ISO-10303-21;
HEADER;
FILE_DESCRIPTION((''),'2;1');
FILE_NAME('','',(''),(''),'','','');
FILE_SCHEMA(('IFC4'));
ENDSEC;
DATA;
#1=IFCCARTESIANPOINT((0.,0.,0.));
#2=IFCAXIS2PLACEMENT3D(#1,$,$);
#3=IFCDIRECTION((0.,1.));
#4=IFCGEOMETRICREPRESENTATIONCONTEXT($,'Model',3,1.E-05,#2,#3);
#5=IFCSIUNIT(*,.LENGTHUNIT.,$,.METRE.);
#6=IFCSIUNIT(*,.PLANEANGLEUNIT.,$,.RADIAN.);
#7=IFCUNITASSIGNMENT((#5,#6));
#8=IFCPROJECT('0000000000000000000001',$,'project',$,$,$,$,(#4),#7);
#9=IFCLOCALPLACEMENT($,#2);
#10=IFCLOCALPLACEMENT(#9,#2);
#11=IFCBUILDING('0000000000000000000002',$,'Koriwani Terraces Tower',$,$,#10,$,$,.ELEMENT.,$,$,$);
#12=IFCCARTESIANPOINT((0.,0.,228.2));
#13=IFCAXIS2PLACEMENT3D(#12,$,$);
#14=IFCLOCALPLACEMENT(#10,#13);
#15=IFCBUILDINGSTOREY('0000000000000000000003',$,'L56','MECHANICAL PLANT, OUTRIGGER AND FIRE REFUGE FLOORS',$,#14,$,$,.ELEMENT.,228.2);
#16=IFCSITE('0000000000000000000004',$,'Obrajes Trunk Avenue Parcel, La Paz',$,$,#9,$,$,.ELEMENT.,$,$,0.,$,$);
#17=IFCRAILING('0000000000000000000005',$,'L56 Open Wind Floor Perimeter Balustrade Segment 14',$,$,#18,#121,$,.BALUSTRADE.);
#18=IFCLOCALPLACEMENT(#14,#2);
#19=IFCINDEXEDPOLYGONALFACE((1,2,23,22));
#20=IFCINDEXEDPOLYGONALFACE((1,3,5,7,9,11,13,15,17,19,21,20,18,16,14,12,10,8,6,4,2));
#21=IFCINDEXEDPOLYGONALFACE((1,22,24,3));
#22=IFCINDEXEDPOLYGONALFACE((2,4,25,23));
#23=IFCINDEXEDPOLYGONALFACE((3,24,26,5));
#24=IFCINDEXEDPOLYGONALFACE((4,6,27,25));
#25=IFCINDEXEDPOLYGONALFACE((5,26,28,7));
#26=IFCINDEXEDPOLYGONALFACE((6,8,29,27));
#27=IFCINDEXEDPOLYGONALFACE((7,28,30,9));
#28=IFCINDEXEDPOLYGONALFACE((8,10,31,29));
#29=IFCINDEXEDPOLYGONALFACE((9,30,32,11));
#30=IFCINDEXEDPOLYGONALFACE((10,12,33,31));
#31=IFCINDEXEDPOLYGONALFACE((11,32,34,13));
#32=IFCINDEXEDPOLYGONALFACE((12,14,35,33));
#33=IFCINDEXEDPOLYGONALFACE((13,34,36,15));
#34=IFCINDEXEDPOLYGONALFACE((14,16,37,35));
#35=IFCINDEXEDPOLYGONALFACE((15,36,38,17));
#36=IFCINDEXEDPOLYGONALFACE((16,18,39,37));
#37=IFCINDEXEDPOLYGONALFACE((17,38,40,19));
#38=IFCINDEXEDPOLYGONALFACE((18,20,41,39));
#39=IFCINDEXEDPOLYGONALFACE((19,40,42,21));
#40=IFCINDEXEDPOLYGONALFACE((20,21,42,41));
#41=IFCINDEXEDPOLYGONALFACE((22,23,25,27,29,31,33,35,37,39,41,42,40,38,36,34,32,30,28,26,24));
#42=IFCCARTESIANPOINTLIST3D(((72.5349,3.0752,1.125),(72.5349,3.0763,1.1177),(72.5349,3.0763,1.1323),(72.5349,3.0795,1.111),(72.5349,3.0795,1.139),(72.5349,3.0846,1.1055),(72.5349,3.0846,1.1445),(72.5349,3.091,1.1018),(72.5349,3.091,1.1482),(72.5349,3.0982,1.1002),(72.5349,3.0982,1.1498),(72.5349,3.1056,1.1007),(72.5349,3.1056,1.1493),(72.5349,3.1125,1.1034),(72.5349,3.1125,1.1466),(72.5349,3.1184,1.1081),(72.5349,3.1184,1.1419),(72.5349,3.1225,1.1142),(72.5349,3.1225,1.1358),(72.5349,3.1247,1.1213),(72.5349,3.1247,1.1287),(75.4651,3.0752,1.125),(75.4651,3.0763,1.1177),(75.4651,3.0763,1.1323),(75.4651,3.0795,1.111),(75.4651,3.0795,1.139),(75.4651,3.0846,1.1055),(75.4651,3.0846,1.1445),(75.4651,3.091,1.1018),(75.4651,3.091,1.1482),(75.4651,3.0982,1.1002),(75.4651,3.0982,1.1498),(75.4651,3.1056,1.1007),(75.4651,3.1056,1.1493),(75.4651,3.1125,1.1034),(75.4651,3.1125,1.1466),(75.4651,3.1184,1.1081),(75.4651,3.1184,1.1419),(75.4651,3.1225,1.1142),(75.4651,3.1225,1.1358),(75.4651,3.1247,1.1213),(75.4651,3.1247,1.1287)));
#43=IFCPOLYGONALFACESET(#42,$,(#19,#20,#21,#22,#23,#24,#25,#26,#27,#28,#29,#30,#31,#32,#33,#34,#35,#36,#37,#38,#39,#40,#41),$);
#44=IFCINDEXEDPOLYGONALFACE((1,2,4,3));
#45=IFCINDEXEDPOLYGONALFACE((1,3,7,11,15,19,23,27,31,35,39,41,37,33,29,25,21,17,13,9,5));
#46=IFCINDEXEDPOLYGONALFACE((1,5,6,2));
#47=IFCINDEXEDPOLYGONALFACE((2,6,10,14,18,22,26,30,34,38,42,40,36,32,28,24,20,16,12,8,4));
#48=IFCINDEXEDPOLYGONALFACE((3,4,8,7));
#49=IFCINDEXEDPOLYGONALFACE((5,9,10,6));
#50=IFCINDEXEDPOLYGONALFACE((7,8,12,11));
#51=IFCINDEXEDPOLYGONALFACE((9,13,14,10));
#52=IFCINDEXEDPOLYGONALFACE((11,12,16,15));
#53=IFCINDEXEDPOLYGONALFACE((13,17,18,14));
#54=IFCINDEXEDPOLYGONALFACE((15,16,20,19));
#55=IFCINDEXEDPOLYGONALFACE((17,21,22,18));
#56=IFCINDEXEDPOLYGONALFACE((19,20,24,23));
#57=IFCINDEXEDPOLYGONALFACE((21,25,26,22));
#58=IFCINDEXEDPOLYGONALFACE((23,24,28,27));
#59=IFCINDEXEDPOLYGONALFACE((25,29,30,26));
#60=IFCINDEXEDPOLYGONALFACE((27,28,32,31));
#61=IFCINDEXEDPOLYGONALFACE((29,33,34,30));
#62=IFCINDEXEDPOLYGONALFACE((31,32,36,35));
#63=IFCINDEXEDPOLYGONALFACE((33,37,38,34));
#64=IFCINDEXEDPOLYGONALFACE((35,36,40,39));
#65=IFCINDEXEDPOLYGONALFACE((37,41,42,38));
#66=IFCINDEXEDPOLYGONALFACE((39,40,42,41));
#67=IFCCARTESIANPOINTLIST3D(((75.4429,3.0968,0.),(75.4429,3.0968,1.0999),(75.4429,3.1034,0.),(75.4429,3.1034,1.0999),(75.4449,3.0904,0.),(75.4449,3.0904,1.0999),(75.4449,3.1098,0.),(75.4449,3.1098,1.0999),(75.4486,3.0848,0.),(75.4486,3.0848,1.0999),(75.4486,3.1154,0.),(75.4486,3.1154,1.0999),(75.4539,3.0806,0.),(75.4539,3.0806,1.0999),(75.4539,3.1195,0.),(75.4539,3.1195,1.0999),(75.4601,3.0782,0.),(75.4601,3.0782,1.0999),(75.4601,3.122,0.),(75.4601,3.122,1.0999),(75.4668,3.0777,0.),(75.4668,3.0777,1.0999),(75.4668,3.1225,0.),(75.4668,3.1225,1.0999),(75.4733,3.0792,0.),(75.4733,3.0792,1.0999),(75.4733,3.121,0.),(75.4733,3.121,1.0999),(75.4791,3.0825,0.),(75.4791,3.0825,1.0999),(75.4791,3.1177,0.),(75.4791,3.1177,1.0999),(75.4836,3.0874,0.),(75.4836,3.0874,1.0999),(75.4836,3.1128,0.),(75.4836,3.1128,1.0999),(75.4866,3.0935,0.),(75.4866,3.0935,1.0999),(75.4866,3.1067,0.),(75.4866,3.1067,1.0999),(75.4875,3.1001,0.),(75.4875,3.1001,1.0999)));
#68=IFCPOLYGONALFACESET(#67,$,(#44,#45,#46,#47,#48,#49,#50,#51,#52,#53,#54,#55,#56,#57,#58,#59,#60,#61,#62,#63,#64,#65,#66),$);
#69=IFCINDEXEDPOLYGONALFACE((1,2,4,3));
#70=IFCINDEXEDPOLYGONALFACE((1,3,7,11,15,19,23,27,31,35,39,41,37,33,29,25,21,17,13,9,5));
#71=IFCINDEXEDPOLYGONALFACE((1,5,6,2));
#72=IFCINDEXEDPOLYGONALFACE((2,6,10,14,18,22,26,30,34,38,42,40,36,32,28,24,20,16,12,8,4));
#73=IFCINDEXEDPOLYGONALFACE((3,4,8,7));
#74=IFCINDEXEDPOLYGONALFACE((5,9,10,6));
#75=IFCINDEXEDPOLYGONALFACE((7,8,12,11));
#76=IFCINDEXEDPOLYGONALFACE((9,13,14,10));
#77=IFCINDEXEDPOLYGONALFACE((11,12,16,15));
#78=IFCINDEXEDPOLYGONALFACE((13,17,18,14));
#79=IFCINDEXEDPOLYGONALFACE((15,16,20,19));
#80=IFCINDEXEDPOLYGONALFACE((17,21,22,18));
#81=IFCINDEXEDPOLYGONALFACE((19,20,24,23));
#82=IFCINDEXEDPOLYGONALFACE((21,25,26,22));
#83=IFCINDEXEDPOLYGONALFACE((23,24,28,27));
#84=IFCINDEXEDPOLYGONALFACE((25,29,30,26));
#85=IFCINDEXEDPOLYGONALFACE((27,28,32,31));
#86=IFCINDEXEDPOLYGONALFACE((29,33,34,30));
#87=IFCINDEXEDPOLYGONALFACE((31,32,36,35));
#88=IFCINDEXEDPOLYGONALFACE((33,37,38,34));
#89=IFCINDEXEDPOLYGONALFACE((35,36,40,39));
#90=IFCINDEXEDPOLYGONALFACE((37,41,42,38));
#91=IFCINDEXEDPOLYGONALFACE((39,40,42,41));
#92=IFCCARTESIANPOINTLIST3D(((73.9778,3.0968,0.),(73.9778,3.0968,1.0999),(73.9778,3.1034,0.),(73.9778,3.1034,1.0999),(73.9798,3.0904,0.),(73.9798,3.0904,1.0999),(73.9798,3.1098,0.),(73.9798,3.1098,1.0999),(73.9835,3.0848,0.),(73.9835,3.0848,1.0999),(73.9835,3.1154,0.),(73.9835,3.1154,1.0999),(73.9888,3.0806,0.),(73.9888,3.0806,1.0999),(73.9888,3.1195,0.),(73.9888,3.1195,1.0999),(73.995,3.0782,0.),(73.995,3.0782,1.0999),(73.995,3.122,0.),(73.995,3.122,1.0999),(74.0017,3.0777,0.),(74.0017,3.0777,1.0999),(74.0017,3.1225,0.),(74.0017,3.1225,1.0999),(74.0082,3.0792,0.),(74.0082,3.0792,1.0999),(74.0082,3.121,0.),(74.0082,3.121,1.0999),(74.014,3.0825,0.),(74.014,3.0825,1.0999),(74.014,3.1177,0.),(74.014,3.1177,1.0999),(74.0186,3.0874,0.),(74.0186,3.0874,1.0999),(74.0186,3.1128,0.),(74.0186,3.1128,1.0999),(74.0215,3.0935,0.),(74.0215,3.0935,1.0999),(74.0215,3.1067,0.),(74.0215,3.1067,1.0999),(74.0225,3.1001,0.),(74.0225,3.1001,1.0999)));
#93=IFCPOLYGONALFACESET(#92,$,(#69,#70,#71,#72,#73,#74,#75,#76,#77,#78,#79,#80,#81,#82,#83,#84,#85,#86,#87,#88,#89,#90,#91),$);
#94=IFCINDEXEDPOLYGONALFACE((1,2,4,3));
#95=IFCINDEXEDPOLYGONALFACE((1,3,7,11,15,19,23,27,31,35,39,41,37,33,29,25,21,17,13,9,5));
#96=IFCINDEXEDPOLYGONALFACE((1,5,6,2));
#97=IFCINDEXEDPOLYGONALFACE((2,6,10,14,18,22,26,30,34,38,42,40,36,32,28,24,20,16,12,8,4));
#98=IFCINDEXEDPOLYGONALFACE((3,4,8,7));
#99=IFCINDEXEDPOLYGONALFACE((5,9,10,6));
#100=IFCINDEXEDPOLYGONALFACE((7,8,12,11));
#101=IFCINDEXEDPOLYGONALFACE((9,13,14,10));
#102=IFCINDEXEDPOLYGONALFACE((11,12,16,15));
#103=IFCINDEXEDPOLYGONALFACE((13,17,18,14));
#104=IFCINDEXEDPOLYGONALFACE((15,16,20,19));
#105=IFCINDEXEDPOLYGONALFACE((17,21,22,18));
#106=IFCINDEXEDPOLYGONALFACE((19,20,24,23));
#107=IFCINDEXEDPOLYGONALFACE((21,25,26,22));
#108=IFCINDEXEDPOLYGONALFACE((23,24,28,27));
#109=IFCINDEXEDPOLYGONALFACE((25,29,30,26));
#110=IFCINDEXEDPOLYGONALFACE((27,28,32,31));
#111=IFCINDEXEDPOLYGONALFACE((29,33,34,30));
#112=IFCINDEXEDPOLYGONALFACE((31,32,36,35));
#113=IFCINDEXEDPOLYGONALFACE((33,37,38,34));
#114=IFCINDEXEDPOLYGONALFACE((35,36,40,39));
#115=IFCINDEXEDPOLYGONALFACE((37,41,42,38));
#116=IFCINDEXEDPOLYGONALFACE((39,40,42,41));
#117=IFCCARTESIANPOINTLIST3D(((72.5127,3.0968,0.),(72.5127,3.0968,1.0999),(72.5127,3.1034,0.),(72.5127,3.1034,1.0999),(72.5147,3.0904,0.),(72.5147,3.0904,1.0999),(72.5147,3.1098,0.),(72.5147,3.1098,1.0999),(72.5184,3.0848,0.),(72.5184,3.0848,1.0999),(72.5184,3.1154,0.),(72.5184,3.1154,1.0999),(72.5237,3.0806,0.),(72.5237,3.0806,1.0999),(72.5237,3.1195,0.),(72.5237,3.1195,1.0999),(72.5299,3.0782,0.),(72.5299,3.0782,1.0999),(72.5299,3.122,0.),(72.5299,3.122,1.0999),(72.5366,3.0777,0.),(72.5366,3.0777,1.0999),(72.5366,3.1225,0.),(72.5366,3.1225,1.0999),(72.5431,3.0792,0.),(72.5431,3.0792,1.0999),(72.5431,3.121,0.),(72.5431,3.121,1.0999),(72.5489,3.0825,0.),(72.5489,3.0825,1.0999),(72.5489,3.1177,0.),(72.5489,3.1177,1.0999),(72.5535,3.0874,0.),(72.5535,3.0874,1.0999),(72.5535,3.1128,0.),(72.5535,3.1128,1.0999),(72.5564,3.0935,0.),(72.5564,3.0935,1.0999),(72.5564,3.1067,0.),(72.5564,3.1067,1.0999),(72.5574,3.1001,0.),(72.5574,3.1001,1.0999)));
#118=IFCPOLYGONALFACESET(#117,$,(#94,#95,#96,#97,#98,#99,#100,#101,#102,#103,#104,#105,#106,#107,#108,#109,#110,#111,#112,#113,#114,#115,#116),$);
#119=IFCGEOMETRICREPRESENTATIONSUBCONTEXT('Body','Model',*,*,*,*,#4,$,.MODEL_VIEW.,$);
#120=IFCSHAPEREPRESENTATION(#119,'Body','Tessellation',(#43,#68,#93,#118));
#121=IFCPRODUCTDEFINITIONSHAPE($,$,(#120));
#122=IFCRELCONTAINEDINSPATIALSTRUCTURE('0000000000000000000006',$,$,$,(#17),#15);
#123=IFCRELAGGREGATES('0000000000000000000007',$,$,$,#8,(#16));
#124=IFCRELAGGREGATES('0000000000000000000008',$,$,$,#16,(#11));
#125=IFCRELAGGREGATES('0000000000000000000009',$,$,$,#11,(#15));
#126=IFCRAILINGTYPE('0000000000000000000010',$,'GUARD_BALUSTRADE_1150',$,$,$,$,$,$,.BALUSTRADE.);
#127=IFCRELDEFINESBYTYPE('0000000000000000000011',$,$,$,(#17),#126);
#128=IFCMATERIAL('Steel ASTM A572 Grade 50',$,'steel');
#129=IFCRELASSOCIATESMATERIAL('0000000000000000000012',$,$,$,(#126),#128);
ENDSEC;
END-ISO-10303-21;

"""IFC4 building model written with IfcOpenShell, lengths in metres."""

from ifc_helpers import new_model, si_unit, direction, frame, origin, origin_2d, place, context, subcontext, project, spatial, circle, extrude, material, type_object, element, save


model = new_model("IFC4")

# Units and contexts
model_context = context("Model", 3, precision=1e-05, world=origin(), true_north=direction((0.0, 1.0)))
body_context = subcontext(model_context, "Body", "Model", "MODEL_VIEW")
ifc_project = project(units=[si_unit("LENGTHUNIT", "METRE"), si_unit("PLANEANGLEUNIT", "RADIAN")], contexts=[model_context])

# Site, building, storey
site_placement = place(None, origin())
site = spatial("IfcSite", under=ifc_project, at=site_placement, Name="Obrajes Trunk Avenue Parcel, La Paz", CompositionType="ELEMENT", RefElevation=0.0)
building_placement = place(site_placement, origin())
building = spatial("IfcBuilding", under=site, at=building_placement, Name="Koriwani Terraces Tower", CompositionType="ELEMENT")
storey_placement = place(building_placement, frame((0.0, 0.0, 228.2)))
storey = spatial("IfcBuildingStorey", under=building, at=storey_placement, Name="L56", Description="MECHANICAL PLANT, OUTRIGGER AND FIRE REFUGE FLOORS", CompositionType="ELEMENT", Elevation=228.2)

# Shared definitions
ifc_material_1 = material(Name="Steel ASTM A572 Grade 50", Category="steel")

# Railing
railing_type = type_object("IfcRailingType", Name="GUARD_BALUSTRADE_1150", PredefinedType="BALUSTRADE", material=ifc_material_1)
railing_1_placement = place(storey_placement, frame((75.4651, 3.1001, 0.0)))
element("IfcRailing", 1, at=railing_1_placement, inside=storey, type_object=railing_type, Name="L56 Open Wind Floor Perimeter Balustrade Segment 14", PredefinedType="BALUSTRADE", context=body_context, shape_type="SweptSolid", body=[
    extrude(circle(Radius=0.0249, at=origin_2d()), frame((0.0, 0.0, 1.125), z_axis=(-1.0, 0.0, 0.0), x_axis=(0.0, -1.0, 0.0)), (0.0, 0.0, 1.0), 2.9302),
    extrude(circle(Radius=0.0225, at=origin_2d()), origin(), (0.0, 0.0, 1.0), 1.0999),
    extrude(circle(Radius=0.0225, at=origin_2d()), frame((-1.4651, 0.0, 0.0)), (0.0, 0.0, 1.0), 1.0999),
    extrude(circle(Radius=0.0225, at=origin_2d()), frame((-2.9302, 0.0, 0.0)), (0.0, 0.0, 1.0), 1.0999),
])

save(model, "model.ifc")
